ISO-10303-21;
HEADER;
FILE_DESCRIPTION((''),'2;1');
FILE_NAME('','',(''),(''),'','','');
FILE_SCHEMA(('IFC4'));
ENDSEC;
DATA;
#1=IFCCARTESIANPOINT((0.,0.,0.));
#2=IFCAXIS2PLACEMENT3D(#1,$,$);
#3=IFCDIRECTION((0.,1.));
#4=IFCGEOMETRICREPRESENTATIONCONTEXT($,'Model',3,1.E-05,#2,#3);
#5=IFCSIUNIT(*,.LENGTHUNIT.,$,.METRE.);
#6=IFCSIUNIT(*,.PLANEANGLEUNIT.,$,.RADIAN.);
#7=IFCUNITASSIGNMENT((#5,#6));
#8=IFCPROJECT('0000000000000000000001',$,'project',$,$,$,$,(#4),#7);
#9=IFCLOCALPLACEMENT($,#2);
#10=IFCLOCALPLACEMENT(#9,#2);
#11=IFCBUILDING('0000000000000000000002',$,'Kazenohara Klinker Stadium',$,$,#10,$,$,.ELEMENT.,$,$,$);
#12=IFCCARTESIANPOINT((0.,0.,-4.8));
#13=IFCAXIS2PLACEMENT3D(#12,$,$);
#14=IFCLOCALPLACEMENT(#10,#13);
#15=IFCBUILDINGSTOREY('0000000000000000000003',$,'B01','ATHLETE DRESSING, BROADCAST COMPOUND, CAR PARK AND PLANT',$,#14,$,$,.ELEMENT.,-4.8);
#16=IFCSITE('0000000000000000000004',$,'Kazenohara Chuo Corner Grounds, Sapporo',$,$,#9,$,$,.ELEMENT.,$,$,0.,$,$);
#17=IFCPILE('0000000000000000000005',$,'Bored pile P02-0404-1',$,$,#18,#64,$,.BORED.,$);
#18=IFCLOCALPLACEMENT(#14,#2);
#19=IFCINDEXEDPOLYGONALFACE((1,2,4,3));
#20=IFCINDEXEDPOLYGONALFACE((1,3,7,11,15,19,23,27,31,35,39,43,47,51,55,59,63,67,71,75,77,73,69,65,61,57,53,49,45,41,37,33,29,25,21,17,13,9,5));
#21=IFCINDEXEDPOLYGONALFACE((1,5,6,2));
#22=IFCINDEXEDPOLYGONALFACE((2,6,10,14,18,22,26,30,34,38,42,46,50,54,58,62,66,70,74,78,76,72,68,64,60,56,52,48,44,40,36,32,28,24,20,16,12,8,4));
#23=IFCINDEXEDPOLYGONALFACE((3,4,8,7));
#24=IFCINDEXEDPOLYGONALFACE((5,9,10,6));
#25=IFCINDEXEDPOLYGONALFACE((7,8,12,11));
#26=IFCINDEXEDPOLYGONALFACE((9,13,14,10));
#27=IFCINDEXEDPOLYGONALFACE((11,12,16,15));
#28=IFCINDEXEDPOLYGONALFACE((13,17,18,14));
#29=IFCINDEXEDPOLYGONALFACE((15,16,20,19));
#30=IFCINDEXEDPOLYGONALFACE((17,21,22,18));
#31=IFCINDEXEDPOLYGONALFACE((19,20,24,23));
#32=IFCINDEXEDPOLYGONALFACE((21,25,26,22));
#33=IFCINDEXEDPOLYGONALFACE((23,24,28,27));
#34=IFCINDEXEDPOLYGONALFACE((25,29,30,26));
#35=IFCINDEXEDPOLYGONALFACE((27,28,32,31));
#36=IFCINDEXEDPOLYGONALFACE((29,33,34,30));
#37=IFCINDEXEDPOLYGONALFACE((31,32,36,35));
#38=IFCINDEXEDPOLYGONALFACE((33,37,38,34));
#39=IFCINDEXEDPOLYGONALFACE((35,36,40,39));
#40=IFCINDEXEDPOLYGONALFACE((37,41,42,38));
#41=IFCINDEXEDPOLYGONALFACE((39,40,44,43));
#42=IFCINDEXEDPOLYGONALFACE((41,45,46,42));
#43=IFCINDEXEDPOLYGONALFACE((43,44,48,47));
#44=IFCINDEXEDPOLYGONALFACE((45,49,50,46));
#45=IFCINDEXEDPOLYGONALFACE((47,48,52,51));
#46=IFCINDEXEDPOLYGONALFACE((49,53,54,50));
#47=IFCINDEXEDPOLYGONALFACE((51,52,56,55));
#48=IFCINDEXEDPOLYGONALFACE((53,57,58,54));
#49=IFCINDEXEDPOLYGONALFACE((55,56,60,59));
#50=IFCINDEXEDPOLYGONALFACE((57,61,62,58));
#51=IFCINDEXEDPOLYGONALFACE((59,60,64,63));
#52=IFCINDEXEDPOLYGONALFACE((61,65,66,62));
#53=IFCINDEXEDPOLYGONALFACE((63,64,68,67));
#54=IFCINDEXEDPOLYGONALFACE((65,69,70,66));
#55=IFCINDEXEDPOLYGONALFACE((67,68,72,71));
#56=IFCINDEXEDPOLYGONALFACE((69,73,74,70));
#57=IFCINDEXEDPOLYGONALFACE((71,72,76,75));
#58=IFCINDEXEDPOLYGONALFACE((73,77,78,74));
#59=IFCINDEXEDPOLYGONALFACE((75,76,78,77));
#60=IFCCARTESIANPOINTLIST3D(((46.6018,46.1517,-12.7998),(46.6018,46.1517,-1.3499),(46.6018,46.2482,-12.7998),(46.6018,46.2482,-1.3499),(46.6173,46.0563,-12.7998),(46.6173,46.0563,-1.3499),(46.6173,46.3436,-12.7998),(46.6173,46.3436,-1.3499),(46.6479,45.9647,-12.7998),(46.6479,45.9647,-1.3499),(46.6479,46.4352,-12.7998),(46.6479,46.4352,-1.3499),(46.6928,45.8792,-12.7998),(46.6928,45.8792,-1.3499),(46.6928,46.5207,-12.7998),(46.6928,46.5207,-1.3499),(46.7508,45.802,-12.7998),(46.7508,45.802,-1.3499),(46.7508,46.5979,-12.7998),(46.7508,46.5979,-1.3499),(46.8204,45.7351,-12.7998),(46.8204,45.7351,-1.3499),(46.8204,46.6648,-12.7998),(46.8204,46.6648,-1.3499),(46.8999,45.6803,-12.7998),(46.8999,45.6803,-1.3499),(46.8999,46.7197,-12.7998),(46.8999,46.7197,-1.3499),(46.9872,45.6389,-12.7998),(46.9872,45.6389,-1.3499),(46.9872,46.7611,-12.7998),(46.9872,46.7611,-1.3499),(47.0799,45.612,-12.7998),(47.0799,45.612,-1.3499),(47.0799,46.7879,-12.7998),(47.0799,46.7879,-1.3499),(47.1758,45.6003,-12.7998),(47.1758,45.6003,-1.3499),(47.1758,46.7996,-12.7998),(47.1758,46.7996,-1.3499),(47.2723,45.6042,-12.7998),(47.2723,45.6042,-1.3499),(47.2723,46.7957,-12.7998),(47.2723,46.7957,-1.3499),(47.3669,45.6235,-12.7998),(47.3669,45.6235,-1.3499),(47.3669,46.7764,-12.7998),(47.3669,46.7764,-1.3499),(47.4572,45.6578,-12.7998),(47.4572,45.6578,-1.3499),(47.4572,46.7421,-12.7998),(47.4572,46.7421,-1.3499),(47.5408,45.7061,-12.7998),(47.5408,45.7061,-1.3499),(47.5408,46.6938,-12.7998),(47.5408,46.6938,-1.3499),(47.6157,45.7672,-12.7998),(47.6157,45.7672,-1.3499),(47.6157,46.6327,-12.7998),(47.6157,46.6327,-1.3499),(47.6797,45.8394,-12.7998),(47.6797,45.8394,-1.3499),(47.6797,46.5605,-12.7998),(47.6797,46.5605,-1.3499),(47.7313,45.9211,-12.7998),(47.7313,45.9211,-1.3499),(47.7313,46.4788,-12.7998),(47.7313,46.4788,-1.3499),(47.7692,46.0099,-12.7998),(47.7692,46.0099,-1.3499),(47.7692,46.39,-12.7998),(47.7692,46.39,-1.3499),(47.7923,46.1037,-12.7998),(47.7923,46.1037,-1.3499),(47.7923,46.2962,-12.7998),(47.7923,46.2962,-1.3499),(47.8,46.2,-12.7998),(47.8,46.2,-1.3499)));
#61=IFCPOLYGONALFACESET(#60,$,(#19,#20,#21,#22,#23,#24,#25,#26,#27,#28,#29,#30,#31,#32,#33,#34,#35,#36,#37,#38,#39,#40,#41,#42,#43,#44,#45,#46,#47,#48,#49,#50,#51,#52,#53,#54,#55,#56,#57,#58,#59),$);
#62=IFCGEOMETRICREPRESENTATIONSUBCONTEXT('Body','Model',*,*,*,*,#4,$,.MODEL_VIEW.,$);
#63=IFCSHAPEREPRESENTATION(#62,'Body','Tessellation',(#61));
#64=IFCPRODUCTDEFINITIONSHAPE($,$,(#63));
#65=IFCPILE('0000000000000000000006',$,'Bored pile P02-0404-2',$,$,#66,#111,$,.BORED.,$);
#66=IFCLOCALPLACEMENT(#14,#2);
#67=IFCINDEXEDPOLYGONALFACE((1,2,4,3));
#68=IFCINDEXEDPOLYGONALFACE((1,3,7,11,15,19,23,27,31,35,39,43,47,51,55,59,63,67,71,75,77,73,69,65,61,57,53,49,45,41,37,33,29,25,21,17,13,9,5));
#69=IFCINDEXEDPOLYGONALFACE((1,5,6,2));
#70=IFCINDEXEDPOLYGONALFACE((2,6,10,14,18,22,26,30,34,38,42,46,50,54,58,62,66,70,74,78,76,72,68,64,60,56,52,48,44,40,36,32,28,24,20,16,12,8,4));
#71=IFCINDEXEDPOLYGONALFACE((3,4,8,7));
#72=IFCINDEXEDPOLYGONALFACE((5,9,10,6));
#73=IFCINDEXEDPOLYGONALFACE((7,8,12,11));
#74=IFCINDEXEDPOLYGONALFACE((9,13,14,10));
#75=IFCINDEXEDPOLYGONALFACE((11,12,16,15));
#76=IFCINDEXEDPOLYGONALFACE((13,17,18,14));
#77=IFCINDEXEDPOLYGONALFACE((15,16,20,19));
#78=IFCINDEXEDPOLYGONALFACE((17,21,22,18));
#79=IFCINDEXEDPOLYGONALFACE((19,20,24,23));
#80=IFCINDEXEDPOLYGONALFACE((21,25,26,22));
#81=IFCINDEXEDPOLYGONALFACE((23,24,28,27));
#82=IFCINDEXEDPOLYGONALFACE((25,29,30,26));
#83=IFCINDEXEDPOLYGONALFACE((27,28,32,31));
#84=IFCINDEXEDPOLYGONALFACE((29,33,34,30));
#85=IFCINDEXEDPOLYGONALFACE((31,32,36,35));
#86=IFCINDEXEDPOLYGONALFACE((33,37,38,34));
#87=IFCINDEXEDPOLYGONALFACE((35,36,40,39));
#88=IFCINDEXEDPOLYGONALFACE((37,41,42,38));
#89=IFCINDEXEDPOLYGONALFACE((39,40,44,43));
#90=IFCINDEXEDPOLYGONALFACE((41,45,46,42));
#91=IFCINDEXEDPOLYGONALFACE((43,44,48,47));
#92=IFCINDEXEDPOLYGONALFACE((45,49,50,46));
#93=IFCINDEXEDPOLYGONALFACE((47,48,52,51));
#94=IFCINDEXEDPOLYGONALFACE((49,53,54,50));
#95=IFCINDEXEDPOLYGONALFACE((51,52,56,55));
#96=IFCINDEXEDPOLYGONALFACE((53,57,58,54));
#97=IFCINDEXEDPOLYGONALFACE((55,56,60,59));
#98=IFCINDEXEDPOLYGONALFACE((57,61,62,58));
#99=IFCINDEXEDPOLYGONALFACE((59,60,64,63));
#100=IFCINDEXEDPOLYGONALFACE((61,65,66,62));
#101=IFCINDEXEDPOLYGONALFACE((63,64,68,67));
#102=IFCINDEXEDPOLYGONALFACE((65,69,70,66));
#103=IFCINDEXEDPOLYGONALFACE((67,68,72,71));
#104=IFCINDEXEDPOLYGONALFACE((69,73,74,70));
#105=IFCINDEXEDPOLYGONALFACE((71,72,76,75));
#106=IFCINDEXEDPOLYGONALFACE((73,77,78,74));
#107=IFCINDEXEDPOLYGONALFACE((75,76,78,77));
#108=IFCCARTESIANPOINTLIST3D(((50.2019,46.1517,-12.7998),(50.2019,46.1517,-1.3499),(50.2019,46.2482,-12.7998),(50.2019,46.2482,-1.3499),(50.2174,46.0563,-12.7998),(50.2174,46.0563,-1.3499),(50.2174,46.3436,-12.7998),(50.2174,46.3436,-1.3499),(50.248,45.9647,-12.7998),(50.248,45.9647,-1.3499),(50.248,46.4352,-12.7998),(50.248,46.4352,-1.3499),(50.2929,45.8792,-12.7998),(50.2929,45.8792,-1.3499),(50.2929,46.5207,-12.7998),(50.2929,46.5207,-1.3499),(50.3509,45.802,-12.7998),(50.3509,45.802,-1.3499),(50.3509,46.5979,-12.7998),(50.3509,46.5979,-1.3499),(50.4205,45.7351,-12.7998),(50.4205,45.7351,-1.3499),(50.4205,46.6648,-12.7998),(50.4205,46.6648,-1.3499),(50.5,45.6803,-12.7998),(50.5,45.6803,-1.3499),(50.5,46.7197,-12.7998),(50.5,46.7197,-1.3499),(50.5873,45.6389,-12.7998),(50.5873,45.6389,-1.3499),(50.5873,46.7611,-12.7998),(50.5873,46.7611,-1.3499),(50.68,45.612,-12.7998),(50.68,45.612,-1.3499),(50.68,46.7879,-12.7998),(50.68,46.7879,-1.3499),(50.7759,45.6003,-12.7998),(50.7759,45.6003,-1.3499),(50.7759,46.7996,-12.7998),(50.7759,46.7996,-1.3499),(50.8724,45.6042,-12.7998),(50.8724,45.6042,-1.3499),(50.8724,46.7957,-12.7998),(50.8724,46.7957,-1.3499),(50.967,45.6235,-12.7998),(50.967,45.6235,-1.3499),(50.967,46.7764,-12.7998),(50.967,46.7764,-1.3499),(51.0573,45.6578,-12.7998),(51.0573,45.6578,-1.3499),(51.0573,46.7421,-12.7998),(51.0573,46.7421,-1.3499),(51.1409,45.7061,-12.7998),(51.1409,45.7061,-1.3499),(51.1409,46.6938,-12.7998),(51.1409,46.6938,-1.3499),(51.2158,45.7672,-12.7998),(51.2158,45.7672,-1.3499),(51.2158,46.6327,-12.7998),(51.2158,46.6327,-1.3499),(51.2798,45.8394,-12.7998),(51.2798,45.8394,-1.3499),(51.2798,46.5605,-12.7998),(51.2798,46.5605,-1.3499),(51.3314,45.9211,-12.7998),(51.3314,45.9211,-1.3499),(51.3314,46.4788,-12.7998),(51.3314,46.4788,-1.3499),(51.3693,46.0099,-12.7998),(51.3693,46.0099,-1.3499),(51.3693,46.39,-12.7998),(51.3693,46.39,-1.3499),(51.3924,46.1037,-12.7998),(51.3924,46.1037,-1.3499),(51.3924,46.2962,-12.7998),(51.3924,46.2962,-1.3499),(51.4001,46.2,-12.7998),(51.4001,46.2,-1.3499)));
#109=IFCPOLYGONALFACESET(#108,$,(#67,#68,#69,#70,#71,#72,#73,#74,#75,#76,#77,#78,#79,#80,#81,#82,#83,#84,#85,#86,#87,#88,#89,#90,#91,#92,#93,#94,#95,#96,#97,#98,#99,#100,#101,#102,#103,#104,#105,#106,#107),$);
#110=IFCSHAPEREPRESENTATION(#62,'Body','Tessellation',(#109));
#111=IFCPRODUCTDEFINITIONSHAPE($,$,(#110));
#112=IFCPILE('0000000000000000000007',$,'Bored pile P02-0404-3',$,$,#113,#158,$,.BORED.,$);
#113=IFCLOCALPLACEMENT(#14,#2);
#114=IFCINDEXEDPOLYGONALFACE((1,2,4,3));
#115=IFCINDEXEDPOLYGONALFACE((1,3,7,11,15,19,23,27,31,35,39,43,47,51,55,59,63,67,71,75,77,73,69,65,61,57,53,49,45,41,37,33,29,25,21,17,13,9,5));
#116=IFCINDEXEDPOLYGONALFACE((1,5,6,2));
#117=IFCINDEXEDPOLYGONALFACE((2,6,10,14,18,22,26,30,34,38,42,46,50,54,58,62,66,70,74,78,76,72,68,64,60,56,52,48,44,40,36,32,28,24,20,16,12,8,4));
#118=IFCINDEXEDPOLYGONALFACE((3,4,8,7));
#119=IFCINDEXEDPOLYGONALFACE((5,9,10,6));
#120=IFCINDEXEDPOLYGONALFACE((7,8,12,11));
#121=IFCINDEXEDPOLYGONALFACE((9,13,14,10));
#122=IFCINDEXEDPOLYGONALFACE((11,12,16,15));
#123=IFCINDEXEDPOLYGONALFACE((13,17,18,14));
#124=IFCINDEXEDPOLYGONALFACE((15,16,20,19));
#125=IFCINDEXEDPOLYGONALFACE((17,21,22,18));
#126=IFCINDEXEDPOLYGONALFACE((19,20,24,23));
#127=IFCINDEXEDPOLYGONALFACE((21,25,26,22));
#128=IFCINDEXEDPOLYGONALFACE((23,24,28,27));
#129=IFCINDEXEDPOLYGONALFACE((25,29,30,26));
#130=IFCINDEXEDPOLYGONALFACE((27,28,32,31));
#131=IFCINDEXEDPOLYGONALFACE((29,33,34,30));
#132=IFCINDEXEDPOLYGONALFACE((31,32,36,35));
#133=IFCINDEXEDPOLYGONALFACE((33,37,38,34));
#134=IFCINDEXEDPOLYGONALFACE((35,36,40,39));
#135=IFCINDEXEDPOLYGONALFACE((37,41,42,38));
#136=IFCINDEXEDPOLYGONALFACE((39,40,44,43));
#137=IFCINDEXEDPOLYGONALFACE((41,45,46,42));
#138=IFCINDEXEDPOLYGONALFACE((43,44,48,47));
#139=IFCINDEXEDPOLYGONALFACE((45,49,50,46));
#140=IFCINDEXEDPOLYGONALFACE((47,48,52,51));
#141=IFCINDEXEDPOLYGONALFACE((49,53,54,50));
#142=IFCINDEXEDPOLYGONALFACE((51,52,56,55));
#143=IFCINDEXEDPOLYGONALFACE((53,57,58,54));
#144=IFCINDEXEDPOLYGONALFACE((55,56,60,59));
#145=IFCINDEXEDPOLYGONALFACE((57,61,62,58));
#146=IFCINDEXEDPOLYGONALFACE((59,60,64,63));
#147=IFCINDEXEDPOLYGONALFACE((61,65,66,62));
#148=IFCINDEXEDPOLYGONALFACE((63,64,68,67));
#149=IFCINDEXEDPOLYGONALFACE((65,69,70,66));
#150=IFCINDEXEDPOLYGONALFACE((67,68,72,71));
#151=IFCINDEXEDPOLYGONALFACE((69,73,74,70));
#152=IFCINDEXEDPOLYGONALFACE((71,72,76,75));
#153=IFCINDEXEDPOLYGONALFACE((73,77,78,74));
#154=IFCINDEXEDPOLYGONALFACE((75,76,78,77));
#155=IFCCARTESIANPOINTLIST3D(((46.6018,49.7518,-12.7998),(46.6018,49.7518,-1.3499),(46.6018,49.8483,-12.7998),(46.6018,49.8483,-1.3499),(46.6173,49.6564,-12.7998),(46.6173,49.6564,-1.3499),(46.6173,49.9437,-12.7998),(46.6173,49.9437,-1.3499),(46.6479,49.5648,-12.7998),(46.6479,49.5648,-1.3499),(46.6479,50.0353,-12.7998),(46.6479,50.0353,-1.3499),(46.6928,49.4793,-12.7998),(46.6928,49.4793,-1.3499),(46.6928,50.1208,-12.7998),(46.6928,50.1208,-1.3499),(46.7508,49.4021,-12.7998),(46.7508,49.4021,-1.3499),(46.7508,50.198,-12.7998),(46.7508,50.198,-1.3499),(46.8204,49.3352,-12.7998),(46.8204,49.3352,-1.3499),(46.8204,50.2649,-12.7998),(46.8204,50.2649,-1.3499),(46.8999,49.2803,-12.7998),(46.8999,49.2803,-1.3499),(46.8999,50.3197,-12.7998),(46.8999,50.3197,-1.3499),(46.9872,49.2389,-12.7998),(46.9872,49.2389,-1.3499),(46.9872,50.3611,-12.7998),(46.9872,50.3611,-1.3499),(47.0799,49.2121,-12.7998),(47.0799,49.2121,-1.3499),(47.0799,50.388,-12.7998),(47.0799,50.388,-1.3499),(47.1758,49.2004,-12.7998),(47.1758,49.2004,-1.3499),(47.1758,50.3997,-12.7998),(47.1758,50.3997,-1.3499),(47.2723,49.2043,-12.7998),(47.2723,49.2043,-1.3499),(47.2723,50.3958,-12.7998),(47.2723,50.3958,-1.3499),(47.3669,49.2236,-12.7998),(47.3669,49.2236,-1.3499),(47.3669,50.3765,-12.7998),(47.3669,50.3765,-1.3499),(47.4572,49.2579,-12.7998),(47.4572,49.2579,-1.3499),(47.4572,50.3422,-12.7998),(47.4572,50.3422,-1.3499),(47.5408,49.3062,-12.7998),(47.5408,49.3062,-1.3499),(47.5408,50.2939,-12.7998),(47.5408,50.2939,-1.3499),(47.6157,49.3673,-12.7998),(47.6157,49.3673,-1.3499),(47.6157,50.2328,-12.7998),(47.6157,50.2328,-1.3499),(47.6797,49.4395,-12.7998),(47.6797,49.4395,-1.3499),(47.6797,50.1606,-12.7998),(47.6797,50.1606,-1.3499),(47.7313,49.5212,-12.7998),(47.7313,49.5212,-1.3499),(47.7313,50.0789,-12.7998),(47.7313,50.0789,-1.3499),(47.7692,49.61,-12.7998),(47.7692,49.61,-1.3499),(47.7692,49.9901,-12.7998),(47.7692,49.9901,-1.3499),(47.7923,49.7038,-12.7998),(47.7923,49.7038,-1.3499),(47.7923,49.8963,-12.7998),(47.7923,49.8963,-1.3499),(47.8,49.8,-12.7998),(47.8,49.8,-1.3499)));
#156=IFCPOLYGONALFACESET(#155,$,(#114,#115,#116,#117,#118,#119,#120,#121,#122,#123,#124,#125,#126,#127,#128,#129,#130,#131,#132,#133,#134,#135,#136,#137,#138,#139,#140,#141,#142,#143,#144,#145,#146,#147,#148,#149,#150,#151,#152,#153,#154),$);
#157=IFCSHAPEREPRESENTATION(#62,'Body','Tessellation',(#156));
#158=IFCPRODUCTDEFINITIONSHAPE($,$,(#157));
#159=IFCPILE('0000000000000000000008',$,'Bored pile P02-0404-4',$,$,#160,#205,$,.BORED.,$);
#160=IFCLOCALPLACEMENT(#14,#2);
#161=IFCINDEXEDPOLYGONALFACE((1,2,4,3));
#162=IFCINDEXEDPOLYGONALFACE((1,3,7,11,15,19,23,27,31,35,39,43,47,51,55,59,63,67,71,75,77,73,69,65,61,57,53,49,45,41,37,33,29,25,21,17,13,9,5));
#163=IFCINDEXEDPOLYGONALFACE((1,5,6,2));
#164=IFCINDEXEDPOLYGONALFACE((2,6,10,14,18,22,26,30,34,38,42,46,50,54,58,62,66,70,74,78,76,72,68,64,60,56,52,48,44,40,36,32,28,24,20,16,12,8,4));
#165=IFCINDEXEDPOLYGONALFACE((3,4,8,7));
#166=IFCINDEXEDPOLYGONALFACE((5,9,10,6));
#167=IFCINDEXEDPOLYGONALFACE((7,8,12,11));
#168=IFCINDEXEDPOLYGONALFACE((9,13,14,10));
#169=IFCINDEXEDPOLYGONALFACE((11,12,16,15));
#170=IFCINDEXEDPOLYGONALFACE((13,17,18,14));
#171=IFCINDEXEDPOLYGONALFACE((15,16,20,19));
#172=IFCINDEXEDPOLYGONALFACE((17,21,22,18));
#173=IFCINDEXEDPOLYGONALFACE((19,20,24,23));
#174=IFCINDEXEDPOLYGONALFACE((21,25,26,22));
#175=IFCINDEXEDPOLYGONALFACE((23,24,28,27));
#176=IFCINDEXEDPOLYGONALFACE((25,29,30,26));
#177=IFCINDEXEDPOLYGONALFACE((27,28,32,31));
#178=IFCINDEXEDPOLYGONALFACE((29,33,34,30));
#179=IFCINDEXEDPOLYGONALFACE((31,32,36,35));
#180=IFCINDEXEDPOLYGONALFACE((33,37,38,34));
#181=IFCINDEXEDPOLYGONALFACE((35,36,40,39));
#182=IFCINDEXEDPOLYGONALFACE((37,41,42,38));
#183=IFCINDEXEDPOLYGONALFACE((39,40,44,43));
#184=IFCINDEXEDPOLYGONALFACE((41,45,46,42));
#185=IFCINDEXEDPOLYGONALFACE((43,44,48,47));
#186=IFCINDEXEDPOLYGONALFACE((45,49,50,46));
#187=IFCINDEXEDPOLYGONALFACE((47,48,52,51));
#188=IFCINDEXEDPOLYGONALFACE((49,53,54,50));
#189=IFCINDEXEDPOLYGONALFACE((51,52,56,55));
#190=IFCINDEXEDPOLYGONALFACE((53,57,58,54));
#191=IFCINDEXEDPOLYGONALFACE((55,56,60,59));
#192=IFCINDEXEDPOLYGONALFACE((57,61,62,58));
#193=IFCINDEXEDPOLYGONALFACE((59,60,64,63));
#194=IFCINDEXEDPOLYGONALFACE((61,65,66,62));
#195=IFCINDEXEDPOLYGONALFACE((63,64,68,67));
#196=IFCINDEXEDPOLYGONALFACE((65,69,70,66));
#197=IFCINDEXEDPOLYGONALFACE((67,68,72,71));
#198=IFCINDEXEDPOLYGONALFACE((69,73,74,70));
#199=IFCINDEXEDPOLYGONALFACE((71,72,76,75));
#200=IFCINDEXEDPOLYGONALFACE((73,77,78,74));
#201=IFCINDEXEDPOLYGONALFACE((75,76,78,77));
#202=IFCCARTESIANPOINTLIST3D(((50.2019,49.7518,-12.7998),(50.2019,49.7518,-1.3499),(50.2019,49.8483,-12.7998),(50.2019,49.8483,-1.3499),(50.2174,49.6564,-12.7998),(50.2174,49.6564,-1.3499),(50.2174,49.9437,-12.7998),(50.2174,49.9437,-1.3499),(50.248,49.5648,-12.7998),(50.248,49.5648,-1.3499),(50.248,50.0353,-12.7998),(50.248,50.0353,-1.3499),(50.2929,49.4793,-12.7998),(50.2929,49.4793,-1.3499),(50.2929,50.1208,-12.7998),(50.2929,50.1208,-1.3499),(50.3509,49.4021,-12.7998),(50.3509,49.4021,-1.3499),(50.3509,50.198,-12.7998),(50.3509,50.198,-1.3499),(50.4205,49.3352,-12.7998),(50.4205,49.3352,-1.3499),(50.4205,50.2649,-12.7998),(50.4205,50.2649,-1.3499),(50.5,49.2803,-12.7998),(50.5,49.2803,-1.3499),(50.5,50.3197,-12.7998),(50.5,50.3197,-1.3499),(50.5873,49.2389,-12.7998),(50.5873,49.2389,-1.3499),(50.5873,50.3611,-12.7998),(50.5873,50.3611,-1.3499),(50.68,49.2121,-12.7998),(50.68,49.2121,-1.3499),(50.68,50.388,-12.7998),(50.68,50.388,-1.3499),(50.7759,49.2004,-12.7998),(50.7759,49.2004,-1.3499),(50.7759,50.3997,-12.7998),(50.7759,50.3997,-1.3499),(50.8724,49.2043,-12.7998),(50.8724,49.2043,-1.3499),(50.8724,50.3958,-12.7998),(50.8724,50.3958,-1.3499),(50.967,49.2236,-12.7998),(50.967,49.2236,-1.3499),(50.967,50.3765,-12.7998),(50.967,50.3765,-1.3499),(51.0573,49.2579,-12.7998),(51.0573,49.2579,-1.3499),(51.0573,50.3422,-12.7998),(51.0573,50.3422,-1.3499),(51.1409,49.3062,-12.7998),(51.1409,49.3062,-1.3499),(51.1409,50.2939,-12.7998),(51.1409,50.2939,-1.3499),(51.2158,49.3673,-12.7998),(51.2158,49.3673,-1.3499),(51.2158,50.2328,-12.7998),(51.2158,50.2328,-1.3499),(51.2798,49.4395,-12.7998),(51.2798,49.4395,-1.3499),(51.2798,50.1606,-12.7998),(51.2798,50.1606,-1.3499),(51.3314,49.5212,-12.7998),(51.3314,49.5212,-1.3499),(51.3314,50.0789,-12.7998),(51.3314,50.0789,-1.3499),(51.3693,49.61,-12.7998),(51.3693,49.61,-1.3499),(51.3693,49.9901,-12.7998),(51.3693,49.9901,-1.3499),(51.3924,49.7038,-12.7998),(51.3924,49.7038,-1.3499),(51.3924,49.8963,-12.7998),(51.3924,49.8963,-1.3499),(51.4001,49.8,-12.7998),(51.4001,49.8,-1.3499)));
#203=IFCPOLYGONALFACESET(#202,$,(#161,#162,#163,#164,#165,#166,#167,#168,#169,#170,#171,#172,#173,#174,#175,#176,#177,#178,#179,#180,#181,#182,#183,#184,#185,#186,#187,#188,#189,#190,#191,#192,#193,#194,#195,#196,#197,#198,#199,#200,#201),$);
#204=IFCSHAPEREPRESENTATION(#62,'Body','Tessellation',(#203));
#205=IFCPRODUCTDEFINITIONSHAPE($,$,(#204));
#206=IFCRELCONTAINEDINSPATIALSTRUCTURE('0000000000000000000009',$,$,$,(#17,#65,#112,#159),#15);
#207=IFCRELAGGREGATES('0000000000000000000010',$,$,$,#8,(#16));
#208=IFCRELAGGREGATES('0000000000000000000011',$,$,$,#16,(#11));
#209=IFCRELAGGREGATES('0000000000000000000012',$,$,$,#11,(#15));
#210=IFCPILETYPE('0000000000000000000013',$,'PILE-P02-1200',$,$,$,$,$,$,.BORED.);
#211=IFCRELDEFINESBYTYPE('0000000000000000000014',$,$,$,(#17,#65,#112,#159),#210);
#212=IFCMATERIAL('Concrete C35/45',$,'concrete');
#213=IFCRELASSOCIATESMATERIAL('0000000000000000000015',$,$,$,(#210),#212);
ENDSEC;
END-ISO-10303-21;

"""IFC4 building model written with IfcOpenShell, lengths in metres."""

from ifc_helpers import new_model, si_unit, direction, frame, origin, origin_2d, place, context, subcontext, project, spatial, circle, extrude, material, material_profile, profile_set, type_object, element, save


model = new_model("IFC4")

# Units and contexts
model_context = context("Model", 3, precision=1e-05, world=origin(), true_north=direction((0.0, 1.0)))
body_context = subcontext(model_context, "Body", "Model", "MODEL_VIEW")
ifc_project = project(units=[si_unit("LENGTHUNIT", "METRE"), si_unit("PLANEANGLEUNIT", "RADIAN")], contexts=[model_context])

# Site, building, storey
site_placement = place(None, origin())
site = spatial("IfcSite", under=ifc_project, at=site_placement, Name="Kazenohara Chuo Corner Grounds, Sapporo", CompositionType="ELEMENT", RefElevation=0.0)
building_placement = place(site_placement, origin())
building = spatial("IfcBuilding", under=site, at=building_placement, Name="Kazenohara Klinker Stadium", CompositionType="ELEMENT")
storey_placement = place(building_placement, frame((0.0, 0.0, -4.8)))
storey = spatial("IfcBuildingStorey", under=building, at=storey_placement, Name="B01", Description="ATHLETE DRESSING, BROADCAST COMPOUND, CAR PARK AND PLANT", CompositionType="ELEMENT", Elevation=-4.8)

# Shared definitions
ifc_material_1 = material(Name="Concrete C35/45", Category="concrete")

# Piles
ifc_material_profile_1 = material_profile(ifc_material_1, circle(Radius=0.6001, at=origin_2d()), Name="BORED-PILE-1200")
ifc_profile_set_1 = profile_set([ifc_material_profile_1], Name="Concrete C35/45")
pile_type_1 = type_object("IfcPileType", Name="PILE-P02-1200", PredefinedType="BORED", material=ifc_profile_set_1)
for number, where, z_axis, x_axis, name in (
    (1, (47.2, 46.2, -1.3499), (0.0, 0.0, -1.0), (1.0, 0.0, 0.0), "Bored pile P02-0404-1"),
    (2, (50.8, 46.2, -1.3499), (0.0, 0.0, -1.0), (1.0, 0.0, 0.0), "Bored pile P02-0404-2"),
    (3, (47.2, 49.8, -1.3499), (0.0, 0.0, -1.0), (1.0, 0.0, 0.0), "Bored pile P02-0404-3"),
    (4, (50.8, 49.8, -1.3499), (0.0, 0.0, -1.0), (1.0, 0.0, 0.0), "Bored pile P02-0404-4"),
):
    element("IfcPile", number, at=place(storey_placement, frame(where, z_axis=z_axis, x_axis=x_axis)), inside=storey, type_object=pile_type_1, Name=name, PredefinedType="BORED", context=body_context, shape_type="SweptSolid", body=[
        extrude(circle(Radius=0.6001, at=origin_2d()), origin(), (0.0, 0.0, 1.0), 11.45),
    ])

save(model, "model.ifc")
